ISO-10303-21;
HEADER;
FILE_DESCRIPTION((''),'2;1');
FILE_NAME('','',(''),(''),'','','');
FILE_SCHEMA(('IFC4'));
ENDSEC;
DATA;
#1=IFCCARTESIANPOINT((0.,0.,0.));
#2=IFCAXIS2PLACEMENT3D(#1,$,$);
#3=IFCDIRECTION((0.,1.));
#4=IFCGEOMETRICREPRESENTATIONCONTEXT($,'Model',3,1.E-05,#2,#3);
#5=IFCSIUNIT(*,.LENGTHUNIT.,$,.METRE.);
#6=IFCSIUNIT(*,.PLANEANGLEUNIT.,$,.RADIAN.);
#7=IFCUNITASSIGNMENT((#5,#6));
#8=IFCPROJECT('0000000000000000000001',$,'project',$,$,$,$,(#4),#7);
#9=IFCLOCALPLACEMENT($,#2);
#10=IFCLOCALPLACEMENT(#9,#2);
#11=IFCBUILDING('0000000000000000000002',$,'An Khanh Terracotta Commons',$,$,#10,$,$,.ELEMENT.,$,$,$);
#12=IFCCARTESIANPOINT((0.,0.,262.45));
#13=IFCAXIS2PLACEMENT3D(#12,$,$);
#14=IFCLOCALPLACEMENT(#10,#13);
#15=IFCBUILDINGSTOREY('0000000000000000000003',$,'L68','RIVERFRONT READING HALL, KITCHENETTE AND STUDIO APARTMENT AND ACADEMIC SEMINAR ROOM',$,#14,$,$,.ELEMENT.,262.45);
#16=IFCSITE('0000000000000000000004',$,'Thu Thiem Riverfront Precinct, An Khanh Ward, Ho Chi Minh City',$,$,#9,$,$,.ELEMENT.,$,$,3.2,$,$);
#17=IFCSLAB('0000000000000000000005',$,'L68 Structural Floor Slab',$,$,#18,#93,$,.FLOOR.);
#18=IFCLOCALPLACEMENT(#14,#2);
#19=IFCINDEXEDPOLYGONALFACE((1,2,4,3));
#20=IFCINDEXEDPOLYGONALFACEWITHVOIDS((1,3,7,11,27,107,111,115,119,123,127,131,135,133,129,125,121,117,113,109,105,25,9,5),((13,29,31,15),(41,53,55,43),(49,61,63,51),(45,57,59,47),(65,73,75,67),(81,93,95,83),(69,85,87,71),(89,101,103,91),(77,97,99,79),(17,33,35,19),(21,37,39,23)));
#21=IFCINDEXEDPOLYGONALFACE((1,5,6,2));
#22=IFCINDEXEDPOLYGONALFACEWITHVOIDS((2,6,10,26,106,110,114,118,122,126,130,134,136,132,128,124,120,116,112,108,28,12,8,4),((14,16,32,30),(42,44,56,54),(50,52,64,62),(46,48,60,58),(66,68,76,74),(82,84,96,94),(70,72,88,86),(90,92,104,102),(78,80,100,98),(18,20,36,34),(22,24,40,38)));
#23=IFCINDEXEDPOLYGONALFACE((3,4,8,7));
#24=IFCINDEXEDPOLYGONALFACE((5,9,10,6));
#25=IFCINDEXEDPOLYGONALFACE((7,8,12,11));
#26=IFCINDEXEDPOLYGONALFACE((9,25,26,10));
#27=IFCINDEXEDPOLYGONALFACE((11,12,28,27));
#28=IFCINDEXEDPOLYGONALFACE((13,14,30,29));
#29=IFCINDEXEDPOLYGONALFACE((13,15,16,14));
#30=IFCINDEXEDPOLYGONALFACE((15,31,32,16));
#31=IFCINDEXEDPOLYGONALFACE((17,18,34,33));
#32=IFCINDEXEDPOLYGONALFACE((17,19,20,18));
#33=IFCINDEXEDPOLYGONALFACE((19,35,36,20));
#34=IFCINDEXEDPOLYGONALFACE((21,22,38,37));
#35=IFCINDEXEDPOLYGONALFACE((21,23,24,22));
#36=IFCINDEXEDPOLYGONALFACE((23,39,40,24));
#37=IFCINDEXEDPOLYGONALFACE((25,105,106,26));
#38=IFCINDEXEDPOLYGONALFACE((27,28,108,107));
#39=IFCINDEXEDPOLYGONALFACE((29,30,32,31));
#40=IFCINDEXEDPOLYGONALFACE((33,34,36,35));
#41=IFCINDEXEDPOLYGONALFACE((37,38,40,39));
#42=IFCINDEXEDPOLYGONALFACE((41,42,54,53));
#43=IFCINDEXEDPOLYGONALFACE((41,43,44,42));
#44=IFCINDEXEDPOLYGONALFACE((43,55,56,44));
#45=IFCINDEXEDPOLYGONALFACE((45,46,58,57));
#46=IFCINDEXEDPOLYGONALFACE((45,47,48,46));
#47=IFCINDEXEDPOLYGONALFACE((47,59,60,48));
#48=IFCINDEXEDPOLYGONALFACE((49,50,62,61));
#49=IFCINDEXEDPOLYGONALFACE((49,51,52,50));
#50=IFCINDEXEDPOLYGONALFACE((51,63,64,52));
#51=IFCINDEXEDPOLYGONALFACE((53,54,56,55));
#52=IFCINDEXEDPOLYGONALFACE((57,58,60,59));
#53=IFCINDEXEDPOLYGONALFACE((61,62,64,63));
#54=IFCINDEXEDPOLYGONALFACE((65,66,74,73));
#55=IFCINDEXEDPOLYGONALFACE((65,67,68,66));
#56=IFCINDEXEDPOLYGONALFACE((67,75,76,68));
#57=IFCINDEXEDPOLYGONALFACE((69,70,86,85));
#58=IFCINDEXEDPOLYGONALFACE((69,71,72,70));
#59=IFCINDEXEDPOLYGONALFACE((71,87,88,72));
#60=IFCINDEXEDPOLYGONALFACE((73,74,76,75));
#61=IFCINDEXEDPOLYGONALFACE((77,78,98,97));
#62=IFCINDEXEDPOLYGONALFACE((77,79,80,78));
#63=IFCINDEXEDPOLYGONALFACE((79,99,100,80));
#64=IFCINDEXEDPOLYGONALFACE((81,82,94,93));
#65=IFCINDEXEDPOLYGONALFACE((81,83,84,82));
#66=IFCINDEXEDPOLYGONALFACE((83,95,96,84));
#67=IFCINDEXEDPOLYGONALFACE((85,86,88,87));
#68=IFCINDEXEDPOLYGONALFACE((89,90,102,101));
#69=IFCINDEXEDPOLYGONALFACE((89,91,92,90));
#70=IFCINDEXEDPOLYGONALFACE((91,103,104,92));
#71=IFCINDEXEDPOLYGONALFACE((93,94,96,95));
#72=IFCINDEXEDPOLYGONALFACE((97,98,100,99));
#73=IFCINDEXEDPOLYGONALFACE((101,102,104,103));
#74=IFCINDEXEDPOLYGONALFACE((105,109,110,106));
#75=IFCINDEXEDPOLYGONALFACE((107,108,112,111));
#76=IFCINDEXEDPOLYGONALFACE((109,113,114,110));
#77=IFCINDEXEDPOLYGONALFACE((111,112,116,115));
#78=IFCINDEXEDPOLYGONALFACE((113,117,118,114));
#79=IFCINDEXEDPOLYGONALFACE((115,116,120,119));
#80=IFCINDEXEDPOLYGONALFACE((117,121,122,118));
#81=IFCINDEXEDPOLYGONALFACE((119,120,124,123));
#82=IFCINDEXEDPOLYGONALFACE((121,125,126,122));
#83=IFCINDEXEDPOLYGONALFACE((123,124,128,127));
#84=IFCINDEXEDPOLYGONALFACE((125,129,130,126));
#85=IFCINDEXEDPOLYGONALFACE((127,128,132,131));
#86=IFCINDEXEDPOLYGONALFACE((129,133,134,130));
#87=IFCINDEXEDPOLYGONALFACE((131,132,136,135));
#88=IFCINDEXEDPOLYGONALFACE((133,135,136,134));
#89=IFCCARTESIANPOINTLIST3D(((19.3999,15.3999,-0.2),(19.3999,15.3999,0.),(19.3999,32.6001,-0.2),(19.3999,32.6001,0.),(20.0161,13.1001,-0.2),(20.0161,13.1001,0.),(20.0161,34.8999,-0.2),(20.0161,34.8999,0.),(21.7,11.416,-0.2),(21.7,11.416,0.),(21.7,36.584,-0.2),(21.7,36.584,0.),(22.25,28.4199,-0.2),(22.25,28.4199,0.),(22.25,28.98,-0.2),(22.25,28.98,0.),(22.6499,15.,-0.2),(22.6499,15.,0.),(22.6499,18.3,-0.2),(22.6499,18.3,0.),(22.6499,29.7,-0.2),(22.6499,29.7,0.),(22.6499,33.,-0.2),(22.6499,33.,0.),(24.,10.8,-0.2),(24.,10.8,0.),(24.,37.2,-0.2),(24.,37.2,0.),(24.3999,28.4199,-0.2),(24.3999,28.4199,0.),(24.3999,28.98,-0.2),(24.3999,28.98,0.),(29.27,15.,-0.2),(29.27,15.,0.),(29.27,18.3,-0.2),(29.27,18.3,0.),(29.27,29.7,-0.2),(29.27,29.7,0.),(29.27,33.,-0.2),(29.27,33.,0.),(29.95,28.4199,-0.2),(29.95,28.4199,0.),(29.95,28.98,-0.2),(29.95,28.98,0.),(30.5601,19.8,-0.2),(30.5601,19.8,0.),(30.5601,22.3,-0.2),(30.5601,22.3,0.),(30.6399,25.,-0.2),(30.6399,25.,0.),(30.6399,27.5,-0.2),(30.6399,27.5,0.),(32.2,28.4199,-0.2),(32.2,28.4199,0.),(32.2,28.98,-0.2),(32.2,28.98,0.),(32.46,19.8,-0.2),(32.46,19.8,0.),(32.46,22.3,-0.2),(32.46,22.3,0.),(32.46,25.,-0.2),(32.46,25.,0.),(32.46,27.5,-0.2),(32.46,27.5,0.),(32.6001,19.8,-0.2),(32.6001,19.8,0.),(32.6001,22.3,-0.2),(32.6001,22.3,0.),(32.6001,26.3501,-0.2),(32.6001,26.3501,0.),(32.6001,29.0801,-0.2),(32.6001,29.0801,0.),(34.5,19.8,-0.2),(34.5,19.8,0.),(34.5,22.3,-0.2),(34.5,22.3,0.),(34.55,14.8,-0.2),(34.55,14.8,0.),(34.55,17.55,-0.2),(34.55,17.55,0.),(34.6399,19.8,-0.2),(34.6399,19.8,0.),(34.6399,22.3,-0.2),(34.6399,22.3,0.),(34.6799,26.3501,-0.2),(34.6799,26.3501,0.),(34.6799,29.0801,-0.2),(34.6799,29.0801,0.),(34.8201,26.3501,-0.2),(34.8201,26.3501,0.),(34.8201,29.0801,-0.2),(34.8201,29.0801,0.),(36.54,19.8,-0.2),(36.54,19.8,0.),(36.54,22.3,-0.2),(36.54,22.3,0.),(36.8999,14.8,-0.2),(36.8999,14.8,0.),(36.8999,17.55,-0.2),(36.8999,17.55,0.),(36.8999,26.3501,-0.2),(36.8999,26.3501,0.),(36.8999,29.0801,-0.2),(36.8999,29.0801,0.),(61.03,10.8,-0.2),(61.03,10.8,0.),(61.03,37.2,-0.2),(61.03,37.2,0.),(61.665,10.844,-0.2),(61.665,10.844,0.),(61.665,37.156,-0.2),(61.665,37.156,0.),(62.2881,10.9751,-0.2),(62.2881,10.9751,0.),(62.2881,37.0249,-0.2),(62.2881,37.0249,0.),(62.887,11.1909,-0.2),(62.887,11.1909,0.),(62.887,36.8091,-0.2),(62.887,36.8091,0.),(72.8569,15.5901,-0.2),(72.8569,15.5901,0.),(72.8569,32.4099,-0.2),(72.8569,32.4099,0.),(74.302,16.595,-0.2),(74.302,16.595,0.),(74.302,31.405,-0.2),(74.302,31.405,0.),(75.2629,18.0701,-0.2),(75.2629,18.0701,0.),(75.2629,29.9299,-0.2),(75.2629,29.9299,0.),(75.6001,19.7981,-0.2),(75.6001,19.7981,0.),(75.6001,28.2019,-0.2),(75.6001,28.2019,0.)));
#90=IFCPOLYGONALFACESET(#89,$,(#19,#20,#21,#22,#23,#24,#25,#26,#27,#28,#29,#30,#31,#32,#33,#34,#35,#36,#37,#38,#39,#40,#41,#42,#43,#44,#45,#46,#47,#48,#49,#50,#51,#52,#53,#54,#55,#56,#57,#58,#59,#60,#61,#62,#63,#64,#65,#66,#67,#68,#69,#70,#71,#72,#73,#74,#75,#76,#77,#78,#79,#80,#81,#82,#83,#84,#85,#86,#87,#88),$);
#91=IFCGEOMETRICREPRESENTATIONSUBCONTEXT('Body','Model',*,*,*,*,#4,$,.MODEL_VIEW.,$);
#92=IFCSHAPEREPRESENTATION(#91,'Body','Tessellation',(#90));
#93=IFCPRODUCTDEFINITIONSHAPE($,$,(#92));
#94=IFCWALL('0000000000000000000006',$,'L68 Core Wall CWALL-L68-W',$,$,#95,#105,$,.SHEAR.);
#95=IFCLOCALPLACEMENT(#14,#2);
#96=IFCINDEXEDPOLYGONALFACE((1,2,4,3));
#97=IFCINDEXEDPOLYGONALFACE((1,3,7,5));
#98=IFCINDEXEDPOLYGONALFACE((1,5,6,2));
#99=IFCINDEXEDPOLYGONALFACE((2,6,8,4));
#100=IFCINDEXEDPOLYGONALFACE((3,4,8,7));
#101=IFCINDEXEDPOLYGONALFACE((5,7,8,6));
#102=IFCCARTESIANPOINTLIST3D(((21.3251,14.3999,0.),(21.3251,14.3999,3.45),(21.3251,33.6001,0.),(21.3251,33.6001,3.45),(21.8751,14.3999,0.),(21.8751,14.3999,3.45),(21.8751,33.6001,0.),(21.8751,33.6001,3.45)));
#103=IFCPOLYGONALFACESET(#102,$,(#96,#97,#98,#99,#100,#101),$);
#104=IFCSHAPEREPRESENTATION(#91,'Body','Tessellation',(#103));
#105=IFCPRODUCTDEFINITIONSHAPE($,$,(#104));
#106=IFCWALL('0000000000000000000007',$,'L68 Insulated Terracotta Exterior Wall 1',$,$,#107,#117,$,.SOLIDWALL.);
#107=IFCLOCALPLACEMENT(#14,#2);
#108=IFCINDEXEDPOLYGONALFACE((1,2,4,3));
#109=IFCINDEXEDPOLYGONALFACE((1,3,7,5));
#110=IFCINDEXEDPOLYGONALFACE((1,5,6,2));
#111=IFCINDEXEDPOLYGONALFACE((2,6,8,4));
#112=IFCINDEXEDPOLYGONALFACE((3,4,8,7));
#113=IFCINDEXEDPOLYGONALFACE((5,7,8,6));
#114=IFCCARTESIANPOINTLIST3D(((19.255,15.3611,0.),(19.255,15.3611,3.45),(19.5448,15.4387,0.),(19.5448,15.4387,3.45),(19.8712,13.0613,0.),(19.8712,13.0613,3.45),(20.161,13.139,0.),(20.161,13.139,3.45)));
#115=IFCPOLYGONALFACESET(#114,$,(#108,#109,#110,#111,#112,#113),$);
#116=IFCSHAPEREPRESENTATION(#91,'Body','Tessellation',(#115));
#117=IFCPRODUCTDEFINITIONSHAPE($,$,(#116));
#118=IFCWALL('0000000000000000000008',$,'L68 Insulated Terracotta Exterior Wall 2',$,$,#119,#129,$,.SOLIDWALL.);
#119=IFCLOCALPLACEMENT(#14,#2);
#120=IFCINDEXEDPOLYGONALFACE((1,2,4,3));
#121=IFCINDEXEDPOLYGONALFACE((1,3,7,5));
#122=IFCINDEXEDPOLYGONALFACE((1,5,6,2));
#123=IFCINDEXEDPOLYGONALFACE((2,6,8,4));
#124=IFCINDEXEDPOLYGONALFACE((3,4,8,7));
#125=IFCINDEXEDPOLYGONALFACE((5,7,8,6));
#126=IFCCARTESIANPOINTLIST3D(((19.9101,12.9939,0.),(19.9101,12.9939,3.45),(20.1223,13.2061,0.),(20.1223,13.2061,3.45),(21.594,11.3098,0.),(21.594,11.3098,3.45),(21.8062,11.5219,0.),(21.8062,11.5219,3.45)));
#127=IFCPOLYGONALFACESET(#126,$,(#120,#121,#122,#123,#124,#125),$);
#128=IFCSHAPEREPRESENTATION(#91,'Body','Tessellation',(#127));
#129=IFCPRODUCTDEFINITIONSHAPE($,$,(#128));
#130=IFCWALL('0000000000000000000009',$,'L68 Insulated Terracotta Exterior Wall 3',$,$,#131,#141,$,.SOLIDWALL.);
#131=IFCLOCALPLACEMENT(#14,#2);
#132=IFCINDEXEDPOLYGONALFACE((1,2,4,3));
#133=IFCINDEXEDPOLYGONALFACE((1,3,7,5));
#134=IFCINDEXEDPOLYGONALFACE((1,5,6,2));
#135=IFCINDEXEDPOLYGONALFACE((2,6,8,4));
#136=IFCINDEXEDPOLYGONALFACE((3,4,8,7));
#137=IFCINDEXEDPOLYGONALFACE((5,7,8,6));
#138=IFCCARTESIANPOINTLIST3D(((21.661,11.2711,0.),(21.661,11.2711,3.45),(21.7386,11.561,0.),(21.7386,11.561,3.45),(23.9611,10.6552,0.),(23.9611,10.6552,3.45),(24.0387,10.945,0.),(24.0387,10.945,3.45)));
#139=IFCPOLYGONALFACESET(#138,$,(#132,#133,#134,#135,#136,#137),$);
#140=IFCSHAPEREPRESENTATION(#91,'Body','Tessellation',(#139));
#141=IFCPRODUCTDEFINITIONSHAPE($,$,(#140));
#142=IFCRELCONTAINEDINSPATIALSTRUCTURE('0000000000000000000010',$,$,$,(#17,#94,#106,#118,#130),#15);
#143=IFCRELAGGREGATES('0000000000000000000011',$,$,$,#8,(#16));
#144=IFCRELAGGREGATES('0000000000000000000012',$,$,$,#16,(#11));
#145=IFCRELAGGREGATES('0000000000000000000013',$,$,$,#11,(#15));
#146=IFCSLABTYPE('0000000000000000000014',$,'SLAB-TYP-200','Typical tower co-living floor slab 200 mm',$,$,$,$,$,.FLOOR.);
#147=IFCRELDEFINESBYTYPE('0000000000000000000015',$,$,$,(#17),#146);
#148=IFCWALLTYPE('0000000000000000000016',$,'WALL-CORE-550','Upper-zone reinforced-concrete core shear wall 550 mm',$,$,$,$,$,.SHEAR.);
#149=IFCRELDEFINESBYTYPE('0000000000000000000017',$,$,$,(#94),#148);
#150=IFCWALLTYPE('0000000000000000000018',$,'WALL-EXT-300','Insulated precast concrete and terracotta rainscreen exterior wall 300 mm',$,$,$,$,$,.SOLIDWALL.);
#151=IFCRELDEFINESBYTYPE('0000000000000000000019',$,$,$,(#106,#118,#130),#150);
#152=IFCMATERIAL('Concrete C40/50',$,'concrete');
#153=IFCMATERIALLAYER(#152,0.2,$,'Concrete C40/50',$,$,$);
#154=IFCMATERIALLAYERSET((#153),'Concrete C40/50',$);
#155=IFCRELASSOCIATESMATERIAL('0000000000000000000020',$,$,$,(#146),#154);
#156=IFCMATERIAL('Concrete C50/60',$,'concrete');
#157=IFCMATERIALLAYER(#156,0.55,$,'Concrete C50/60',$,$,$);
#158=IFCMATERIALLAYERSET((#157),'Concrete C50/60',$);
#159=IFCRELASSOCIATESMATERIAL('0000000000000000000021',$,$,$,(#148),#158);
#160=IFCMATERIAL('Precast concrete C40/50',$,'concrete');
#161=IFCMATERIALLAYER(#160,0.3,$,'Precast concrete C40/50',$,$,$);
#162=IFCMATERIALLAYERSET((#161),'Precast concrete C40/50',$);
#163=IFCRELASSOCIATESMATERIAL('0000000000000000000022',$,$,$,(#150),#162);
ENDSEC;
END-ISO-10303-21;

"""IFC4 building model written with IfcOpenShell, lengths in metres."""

from ifc_helpers import new_model, si_unit, direction, frame, frame_2d, origin, place, context, subcontext, project, spatial, polyline, rectangle, outline, extrude, material, layer, layer_set, type_object, element, save


model = new_model("IFC4")

# Units and contexts
model_context = context("Model", 3, precision=1e-05, world=origin(), true_north=direction((0.0, 1.0)))
body_context = subcontext(model_context, "Body", "Model", "MODEL_VIEW")
ifc_project = project(units=[si_unit("LENGTHUNIT", "METRE"), si_unit("PLANEANGLEUNIT", "RADIAN")], contexts=[model_context])

# Site, building, storey
site_placement = place(None, origin())
site = spatial("IfcSite", under=ifc_project, at=site_placement, Name="Thu Thiem Riverfront Precinct, An Khanh Ward, Ho Chi Minh City", CompositionType="ELEMENT", RefElevation=3.2)
building_placement = place(site_placement, origin())
building = spatial("IfcBuilding", under=site, at=building_placement, Name="An Khanh Terracotta Commons", CompositionType="ELEMENT")
storey_placement = place(building_placement, frame((0.0, 0.0, 262.45)))
storey = spatial("IfcBuildingStorey", under=building, at=storey_placement, Name="L68", Description="RIVERFRONT READING HALL, KITCHENETTE AND STUDIO APARTMENT AND ACADEMIC SEMINAR ROOM", CompositionType="ELEMENT", Elevation=262.45)

# Shared definitions
ifc_material_1 = material(Name="Concrete C50/60", Category="concrete")

# Shared definitions
ifc_material_2 = material(Name="Concrete C40/50", Category="concrete")

# Shared definitions
ifc_material_3 = material(Name="Precast concrete C40/50", Category="concrete")

# Slab
ifc_layer_1 = layer(ifc_material_2, 0.2, Name="Concrete C40/50")
ifc_layer_set_1 = layer_set([ifc_layer_1], Name="Concrete C40/50")
slab_type_1 = type_object("IfcSlabType", Name="SLAB-TYP-200", Description="Typical tower co-living floor slab 200 mm", PredefinedType="FLOOR", material=ifc_layer_set_1)
slab_1_placement = place(storey_placement, frame((0.0, 0.0, -0.2)))
element("IfcSlab", 1, at=slab_1_placement, inside=storey, type_object=slab_type_1, Name="L68 Structural Floor Slab", PredefinedType="FLOOR", context=body_context, shape_type="SweptSolid", body=[
    extrude(outline(polyline([(19.3999, 15.3999), (20.0161, 13.1001), (21.7, 11.416), (24.0, 10.8), (61.03, 10.8), (61.665, 10.844), (62.2881, 10.9751), (62.887, 11.1909), (72.8569, 15.5901), (74.302, 16.595), (75.2629, 18.0701), (75.6001, 19.7981), (75.6001, 28.2019), (75.2629, 29.9299), (74.302, 31.405), (72.8569, 32.4099), (62.887, 36.8091), (62.2881, 37.0249), (61.665, 37.156), (61.03, 37.2), (24.0, 37.2), (21.7, 36.584), (20.0161, 34.8999), (19.3999, 32.6001), (19.3999, 15.3999)]), holes=[polyline([(22.6499, 29.7), (29.27, 29.7), (29.27, 33.0), (22.6499, 33.0), (22.6499, 29.7)]), polyline([(22.6499, 15.0), (29.27, 15.0), (29.27, 18.3), (22.6499, 18.3), (22.6499, 15.0)]), polyline([(32.6001, 26.3501), (34.6799, 26.3501), (34.6799, 29.0801), (32.6001, 29.0801), (32.6001, 26.3501)]), polyline([(34.8201, 26.3501), (36.8999, 26.3501), (36.8999, 29.0801), (34.8201, 29.0801), (34.8201, 26.3501)]), polyline([(34.55, 14.8), (36.8999, 14.8), (36.8999, 17.55), (34.55, 17.55), (34.55, 14.8)]), polyline([(30.6399, 25.0), (32.46, 25.0), (32.46, 27.5), (30.6399, 27.5), (30.6399, 25.0)]), polyline([(30.5601, 19.8), (32.46, 19.8), (32.46, 22.3), (30.5601, 22.3), (30.5601, 19.8)]), polyline([(32.6001, 19.8), (34.5, 19.8), (34.5, 22.3), (32.6001, 22.3), (32.6001, 19.8)]), polyline([(34.6399, 19.8), (36.54, 19.8), (36.54, 22.3), (34.6399, 22.3), (34.6399, 19.8)]), polyline([(22.25, 28.4199), (24.3999, 28.4199), (24.3999, 28.98), (22.25, 28.98), (22.25, 28.4199)]), polyline([(29.95, 28.4199), (32.2, 28.4199), (32.2, 28.98), (29.95, 28.98), (29.95, 28.4199)])]), origin(), (0.0, 0.0, 1.0), 0.2),
])

# Walls
ifc_layer_2 = layer(ifc_material_1, 0.55, Name="Concrete C50/60")
ifc_layer_set_2 = layer_set([ifc_layer_2], Name="Concrete C50/60")
wall_type_1 = type_object("IfcWallType", Name="WALL-CORE-550", Description="Upper-zone reinforced-concrete core shear wall 550 mm", PredefinedType="SHEAR", material=ifc_layer_set_2)
wall_1_placement = place(storey_placement, frame((21.6001, 14.3999, 0.0), z_axis=(0.0, 0.0, 1.0), x_axis=(0.0, 1.0, 0.0)))
element("IfcWall", 2, at=wall_1_placement, inside=storey, type_object=wall_type_1, Name="L68 Core Wall CWALL-L68-W", PredefinedType="SHEAR", context=body_context, shape_type="SweptSolid", body=[
    extrude(rectangle(XDim=19.2002, YDim=0.55, at=frame_2d((9.6001, 0.0))), origin(), (0.0, 0.0, 1.0), 3.45),
])
ifc_layer_3 = layer(ifc_material_3, 0.3, Name="Precast concrete C40/50")
ifc_layer_set_3 = layer_set([ifc_layer_3], Name="Precast concrete C40/50")
wall_type_2 = type_object("IfcWallType", Name="WALL-EXT-300", Description="Insulated precast concrete and terracotta rainscreen exterior wall 300 mm", PredefinedType="SOLIDWALL", material=ifc_layer_set_3)
wall_2_placement = place(storey_placement, frame((19.3999, 15.3999, 0.0), z_axis=(0.0, 0.0, 1.0), x_axis=(0.258811, -0.965928, 0.0)))
element("IfcWall", 3, at=wall_2_placement, inside=storey, type_object=wall_type_2, Name="L68 Insulated Terracotta Exterior Wall 1", PredefinedType="SOLIDWALL", context=body_context, shape_type="SweptSolid", body=[
    extrude(rectangle(XDim=2.3809, YDim=0.3, at=frame_2d((1.1904, 0.0))), origin(), (0.0, 0.0, 1.0), 3.45),
])
wall_3_placement = place(storey_placement, frame((20.0161, 13.1001, 0.0), z_axis=(0.0, 0.0, 1.0), x_axis=(0.707056, -0.707158, 0.0)))
element("IfcWall", 4, at=wall_3_placement, inside=storey, type_object=wall_type_2, Name="L68 Insulated Terracotta Exterior Wall 2", PredefinedType="SOLIDWALL", context=body_context, shape_type="SweptSolid", body=[
    extrude(rectangle(XDim=2.3816, YDim=0.3, at=frame_2d((1.1909, 0.0))), origin(), (0.0, 0.0, 1.0), 3.45),
])
wall_4_placement = place(storey_placement, frame((21.7, 11.416, 0.0), z_axis=(0.0, 0.0, 1.0), x_axis=(0.96596, -0.25869, 0.0)))
element("IfcWall", 5, at=wall_4_placement, inside=storey, type_object=wall_type_2, Name="L68 Insulated Terracotta Exterior Wall 3", PredefinedType="SOLIDWALL", context=body_context, shape_type="SweptSolid", body=[
    extrude(rectangle(XDim=2.3811, YDim=0.3, at=frame_2d((1.1904, 0.0))), origin(), (0.0, 0.0, 1.0), 3.45),
])

save(model, "model.ifc")
